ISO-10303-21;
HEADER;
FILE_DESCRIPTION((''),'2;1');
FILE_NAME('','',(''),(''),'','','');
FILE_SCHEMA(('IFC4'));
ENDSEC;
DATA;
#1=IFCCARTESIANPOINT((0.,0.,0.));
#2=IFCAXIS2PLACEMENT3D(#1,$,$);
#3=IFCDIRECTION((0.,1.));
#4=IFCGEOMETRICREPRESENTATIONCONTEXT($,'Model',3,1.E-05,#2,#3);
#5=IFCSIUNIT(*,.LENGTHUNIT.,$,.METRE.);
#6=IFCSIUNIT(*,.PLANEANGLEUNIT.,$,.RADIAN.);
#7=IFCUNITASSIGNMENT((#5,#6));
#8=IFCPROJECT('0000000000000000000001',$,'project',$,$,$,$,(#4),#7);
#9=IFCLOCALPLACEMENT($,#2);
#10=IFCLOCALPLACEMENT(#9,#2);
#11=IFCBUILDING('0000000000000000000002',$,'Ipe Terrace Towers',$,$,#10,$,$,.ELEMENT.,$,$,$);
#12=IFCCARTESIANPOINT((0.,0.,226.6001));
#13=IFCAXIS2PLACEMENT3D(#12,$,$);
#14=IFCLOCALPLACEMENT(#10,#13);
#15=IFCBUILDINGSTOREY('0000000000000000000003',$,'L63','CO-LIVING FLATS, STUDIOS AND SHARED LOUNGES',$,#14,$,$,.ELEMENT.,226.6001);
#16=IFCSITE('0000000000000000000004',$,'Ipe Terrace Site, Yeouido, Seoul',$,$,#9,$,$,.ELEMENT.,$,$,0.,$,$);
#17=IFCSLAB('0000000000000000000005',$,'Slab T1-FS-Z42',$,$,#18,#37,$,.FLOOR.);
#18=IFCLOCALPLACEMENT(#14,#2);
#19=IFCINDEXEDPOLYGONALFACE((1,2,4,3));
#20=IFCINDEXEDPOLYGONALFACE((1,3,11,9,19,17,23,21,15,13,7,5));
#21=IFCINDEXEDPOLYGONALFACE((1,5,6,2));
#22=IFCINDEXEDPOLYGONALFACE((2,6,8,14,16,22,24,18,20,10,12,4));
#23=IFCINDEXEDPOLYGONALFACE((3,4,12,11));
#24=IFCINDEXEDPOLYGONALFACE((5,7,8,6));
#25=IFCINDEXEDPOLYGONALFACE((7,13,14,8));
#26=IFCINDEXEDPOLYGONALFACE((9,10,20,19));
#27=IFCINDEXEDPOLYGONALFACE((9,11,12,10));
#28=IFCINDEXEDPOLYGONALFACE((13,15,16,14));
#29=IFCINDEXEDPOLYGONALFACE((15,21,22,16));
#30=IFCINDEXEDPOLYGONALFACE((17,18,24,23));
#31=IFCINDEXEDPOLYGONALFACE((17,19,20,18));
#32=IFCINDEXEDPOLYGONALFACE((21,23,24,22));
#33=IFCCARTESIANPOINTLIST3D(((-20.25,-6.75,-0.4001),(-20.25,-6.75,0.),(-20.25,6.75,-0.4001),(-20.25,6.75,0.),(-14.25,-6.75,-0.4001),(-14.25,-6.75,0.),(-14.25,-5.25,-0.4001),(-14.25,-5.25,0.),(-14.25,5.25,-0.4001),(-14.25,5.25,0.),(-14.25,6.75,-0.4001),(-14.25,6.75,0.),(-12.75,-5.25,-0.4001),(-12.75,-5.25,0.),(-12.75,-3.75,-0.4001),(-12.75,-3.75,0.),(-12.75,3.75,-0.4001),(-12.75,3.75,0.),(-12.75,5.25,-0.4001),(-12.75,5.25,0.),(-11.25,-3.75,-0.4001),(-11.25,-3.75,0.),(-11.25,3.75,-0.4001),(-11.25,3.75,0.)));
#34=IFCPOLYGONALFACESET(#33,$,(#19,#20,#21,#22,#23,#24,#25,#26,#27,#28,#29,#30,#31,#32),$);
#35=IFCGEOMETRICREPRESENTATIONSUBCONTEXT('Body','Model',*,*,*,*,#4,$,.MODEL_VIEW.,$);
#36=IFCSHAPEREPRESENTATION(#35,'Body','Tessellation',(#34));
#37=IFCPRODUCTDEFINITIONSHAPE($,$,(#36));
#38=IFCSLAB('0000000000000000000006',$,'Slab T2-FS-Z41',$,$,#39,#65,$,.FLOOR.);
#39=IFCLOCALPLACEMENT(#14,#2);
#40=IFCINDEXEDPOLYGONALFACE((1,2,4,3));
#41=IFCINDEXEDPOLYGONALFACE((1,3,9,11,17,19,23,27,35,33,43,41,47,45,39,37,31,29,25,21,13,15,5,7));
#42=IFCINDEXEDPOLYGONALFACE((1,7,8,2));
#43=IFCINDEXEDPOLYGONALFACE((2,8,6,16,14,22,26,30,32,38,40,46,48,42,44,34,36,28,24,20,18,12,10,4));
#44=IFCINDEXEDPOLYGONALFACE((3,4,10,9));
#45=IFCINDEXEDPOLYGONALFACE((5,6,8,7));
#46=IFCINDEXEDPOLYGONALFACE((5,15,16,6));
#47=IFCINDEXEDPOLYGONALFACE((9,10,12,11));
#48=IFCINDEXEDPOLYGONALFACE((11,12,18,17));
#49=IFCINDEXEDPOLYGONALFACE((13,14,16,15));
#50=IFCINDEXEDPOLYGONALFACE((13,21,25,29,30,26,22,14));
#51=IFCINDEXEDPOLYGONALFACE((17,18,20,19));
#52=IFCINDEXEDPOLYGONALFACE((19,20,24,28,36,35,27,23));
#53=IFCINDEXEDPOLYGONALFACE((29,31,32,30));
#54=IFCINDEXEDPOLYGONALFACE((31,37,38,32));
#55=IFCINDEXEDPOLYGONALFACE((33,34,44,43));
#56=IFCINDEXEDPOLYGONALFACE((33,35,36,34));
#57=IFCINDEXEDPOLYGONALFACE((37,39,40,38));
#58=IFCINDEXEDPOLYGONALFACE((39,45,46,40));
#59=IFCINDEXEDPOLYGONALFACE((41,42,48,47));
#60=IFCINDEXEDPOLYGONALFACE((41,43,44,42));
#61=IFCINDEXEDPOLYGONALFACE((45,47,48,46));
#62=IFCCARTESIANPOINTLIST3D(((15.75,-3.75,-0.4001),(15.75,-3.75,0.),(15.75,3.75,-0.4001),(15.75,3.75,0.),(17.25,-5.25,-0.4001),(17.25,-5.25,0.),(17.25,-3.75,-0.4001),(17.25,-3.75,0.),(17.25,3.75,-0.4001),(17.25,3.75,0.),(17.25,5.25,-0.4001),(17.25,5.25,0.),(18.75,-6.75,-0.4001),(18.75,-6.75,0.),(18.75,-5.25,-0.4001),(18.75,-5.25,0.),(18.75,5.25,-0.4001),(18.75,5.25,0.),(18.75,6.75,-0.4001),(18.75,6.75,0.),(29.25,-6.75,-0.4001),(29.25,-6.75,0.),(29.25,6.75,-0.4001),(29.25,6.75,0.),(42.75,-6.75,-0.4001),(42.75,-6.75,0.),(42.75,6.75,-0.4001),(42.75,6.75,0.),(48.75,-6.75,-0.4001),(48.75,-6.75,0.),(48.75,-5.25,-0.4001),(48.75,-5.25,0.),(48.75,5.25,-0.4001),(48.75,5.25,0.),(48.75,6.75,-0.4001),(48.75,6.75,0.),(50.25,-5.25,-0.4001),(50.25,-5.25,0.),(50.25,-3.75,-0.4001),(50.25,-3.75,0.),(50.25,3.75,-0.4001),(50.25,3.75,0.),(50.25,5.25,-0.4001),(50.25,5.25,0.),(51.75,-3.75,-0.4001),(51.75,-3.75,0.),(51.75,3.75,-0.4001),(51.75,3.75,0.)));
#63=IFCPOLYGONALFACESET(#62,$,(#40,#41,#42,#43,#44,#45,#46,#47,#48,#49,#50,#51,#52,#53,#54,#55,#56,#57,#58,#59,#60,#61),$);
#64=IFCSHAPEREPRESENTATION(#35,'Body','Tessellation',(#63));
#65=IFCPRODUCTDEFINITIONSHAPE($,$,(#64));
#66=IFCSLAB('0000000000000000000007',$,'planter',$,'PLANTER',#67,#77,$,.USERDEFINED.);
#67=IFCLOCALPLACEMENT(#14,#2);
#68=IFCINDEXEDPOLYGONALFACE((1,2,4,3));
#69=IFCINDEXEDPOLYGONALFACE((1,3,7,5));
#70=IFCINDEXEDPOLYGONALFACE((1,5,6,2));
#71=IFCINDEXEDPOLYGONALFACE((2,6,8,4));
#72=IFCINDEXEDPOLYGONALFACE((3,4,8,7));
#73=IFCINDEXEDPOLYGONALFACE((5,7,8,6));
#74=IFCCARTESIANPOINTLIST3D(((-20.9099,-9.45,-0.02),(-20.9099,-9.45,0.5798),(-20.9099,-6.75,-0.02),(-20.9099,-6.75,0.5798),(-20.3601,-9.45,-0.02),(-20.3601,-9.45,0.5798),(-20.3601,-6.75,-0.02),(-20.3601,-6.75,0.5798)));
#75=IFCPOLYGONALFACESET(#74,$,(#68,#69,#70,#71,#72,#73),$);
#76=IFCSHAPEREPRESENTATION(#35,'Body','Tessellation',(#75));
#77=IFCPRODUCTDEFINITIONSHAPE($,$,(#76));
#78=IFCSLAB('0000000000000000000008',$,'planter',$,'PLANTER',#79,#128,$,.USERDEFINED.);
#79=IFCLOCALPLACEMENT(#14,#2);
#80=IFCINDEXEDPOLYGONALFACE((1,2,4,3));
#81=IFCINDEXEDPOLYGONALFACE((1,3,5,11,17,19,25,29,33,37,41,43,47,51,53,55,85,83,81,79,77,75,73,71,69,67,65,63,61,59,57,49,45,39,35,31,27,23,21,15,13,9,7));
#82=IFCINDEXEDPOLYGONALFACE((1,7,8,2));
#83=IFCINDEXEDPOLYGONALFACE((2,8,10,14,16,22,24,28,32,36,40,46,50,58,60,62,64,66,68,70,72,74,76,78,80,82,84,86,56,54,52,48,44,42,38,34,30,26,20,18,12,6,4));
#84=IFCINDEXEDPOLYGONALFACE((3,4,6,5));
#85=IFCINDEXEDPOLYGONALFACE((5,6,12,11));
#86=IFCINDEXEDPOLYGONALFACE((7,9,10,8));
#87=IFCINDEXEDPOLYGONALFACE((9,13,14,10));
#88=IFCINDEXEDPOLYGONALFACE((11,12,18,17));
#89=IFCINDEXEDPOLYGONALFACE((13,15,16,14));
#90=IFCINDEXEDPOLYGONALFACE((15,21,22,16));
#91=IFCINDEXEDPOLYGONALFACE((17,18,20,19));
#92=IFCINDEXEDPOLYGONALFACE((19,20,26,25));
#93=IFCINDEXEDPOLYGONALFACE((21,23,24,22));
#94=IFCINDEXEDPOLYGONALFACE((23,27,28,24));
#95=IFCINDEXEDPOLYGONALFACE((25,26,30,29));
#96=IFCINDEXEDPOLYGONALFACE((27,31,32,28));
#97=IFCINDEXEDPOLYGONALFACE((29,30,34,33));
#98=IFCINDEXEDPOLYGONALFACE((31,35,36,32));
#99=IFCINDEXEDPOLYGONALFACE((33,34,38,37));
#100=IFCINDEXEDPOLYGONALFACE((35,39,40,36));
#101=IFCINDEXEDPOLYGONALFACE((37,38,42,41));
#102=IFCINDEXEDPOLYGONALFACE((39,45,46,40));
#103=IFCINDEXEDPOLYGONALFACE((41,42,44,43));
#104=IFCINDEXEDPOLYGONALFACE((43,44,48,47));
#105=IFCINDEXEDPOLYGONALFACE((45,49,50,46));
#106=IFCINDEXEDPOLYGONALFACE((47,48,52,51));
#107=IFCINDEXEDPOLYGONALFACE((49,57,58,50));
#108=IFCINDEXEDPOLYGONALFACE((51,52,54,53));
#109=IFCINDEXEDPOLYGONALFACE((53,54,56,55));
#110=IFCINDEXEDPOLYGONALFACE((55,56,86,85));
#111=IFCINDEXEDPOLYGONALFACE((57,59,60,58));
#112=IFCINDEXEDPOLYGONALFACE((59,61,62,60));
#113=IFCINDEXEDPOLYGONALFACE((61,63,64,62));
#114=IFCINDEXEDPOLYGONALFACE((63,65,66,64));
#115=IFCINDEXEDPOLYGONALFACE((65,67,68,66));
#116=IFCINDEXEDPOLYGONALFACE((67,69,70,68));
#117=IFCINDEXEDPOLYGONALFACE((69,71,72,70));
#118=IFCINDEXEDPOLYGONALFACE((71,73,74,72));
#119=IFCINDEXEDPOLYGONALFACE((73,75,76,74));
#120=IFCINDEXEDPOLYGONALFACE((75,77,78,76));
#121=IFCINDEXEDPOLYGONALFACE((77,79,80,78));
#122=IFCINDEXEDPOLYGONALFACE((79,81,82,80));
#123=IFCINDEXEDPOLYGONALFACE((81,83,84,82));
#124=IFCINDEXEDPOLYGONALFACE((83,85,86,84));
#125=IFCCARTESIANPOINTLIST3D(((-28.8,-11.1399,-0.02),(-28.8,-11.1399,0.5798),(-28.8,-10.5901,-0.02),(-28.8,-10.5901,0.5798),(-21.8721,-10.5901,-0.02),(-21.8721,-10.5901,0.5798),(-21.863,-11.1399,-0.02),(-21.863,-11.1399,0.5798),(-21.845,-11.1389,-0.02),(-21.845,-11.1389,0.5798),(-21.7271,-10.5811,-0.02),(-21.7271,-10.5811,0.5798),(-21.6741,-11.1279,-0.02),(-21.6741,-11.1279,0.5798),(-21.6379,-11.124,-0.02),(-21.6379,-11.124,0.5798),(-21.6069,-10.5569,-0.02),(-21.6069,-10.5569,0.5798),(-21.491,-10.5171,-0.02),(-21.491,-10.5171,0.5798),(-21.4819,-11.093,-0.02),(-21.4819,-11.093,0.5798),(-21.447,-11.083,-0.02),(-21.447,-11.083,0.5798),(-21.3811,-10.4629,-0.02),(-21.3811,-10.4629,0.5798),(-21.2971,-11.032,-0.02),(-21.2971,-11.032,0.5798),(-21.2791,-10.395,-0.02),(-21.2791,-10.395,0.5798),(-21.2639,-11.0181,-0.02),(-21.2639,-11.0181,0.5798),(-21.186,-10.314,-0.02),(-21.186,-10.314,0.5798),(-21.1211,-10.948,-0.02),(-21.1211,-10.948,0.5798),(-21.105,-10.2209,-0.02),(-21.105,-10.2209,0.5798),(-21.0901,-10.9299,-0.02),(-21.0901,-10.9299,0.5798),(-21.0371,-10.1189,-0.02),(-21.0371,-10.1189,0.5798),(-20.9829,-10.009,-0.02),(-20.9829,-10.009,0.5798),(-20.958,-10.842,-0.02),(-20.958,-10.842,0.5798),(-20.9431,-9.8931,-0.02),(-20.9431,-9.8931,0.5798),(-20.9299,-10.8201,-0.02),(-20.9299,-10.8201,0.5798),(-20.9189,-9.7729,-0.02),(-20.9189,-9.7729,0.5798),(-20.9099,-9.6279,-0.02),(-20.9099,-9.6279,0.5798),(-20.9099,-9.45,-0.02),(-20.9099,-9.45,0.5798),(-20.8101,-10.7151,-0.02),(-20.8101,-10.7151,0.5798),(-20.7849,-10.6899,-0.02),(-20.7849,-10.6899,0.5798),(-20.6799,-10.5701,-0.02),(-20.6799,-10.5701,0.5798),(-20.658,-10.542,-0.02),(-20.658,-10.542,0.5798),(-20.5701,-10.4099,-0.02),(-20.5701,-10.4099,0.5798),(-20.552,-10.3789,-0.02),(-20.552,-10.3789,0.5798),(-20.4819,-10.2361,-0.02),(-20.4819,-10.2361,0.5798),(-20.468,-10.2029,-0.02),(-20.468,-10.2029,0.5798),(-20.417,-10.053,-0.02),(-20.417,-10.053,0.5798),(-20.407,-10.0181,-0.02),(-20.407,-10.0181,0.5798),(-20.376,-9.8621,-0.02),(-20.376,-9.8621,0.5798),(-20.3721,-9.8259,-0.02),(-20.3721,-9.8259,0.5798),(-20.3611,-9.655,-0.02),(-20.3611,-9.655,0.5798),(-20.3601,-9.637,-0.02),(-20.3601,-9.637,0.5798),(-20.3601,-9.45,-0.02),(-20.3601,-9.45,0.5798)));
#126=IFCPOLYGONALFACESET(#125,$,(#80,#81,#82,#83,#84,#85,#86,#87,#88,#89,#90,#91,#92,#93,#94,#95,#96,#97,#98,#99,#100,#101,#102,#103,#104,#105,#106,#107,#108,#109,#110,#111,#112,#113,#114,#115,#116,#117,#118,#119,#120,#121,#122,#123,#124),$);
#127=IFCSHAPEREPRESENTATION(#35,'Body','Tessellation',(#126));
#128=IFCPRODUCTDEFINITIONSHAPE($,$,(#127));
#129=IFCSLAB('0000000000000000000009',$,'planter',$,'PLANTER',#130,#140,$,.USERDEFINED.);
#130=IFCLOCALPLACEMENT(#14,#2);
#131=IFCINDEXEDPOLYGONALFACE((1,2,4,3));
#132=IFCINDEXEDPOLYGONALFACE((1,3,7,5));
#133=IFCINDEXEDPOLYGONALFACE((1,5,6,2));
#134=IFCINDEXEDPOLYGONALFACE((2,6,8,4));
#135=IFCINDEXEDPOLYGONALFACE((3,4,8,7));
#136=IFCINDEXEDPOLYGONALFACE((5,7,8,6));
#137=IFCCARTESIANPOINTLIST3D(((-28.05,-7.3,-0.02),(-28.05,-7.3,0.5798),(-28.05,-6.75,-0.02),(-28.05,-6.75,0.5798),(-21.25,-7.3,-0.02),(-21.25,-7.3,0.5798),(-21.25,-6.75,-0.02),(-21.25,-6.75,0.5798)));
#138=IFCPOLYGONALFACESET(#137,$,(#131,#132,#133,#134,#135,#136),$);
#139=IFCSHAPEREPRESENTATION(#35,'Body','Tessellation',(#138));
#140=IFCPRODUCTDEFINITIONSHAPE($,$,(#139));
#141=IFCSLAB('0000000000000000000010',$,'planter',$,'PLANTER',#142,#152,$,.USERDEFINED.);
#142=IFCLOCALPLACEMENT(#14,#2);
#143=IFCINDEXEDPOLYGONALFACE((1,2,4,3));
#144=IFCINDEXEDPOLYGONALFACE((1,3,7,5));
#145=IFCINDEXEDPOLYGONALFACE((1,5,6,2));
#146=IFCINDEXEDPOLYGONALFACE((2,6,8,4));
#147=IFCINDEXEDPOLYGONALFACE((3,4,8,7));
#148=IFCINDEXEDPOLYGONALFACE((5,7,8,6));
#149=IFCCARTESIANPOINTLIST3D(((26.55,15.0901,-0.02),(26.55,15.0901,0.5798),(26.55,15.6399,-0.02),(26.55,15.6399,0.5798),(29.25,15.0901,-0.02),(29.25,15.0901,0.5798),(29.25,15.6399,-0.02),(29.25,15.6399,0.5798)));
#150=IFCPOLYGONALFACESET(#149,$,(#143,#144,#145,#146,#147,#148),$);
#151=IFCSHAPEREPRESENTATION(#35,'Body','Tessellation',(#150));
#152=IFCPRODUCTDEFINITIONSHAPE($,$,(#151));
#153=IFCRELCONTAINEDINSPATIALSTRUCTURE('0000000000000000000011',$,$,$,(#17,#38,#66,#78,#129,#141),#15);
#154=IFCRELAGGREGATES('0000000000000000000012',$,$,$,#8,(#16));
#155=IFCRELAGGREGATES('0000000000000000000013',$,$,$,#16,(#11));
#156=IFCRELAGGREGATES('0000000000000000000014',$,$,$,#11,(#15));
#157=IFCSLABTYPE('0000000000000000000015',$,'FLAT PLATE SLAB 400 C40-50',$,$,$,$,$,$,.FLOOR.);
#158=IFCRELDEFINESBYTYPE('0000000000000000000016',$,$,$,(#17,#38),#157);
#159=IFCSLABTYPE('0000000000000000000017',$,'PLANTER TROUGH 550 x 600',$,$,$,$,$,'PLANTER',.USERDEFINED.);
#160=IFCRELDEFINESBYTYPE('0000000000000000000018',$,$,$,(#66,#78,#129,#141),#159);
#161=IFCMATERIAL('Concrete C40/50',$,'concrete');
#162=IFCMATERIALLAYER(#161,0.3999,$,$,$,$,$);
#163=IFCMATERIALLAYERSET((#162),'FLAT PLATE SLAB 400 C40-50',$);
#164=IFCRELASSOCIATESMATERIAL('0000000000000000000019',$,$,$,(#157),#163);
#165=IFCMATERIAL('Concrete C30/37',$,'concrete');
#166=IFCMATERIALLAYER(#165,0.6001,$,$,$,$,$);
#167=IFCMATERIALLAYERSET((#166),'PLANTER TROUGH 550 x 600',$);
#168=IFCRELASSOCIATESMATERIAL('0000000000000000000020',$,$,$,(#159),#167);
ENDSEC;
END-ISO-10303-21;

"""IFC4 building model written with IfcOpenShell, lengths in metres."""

from ifc_helpers import new_model, si_unit, direction, frame, origin, place, context, subcontext, project, spatial, polyline, outline, extrude, material, layer, layer_set, type_object, element, save


model = new_model("IFC4")

# Units and contexts
model_context = context("Model", 3, precision=1e-05, world=origin(), true_north=direction((0.0, 1.0)))
body_context = subcontext(model_context, "Body", "Model", "MODEL_VIEW")
ifc_project = project(units=[si_unit("LENGTHUNIT", "METRE"), si_unit("PLANEANGLEUNIT", "RADIAN")], contexts=[model_context])

# Site, building, storey
site_placement = place(None, origin())
site = spatial("IfcSite", under=ifc_project, at=site_placement, Name="Ipe Terrace Site, Yeouido, Seoul", CompositionType="ELEMENT", RefElevation=0.0)
building_placement = place(site_placement, origin())
building = spatial("IfcBuilding", under=site, at=building_placement, Name="Ipe Terrace Towers", CompositionType="ELEMENT")
storey_placement = place(building_placement, frame((0.0, 0.0, 226.6001)))
storey = spatial("IfcBuildingStorey", under=building, at=storey_placement, Name="L63", Description="CO-LIVING FLATS, STUDIOS AND SHARED LOUNGES", CompositionType="ELEMENT", Elevation=226.6001)

# Slabs
ifc_material_1 = material(Name="Concrete C40/50", Category="concrete")
ifc_layer_1 = layer(ifc_material_1, 0.3999)
ifc_layer_set_1 = layer_set([ifc_layer_1], Name="FLAT PLATE SLAB 400 C40-50")
slab_type_1 = type_object("IfcSlabType", Name="FLAT PLATE SLAB 400 C40-50", PredefinedType="FLOOR", material=ifc_layer_set_1)
slab_1_placement = place(storey_placement, frame((0.0, 0.0, -0.4001)))
element("IfcSlab", 1, at=slab_1_placement, inside=storey, type_object=slab_type_1, Name="Slab T1-FS-Z42", PredefinedType="FLOOR", context=body_context, shape_type="SweptSolid", body=[
    extrude(outline(polyline([(-14.25, 5.25), (-12.75, 5.25), (-12.75, 3.75), (-11.25, 3.75), (-11.25, -3.75), (-12.75, -3.75), (-12.75, -5.25), (-14.25, -5.25), (-14.25, -6.75), (-20.25, -6.75), (-20.25, 6.75), (-14.25, 6.75), (-14.25, 5.25)])), origin(), (0.0, 0.0, 1.0), 0.4001),
])
slab_2_placement = place(storey_placement, frame((0.0, 0.0, -0.4001)))
element("IfcSlab", 2, at=slab_2_placement, inside=storey, type_object=slab_type_1, Name="Slab T2-FS-Z41", PredefinedType="FLOOR", context=body_context, shape_type="SweptSolid", body=[
    extrude(outline(polyline([(48.75, 5.25), (50.25, 5.25), (50.25, 3.75), (51.75, 3.75), (51.75, -3.75), (50.25, -3.75), (50.25, -5.25), (48.75, -5.25), (48.75, -6.75), (42.75, -6.75), (29.25, -6.75), (18.75, -6.75), (18.75, -5.25), (17.25, -5.25), (17.25, -3.75), (15.75, -3.75), (15.75, 3.75), (17.25, 3.75), (17.25, 5.25), (18.75, 5.25), (18.75, 6.75), (29.25, 6.75), (42.75, 6.75), (48.75, 6.75), (48.75, 5.25)])), origin(), (0.0, 0.0, 1.0), 0.4001),
])
ifc_material_2 = material(Name="Concrete C30/37", Category="concrete")
ifc_layer_2 = layer(ifc_material_2, 0.6001)
ifc_layer_set_2 = layer_set([ifc_layer_2], Name="PLANTER TROUGH 550 x 600")
slab_type_2 = type_object("IfcSlabType", Name="PLANTER TROUGH 550 x 600", ElementType="PLANTER", PredefinedType="USERDEFINED", material=ifc_layer_set_2)
slab_3_placement = place(storey_placement, frame((0.0, 0.0, -0.02)))
element("IfcSlab", 3, at=slab_3_placement, inside=storey, type_object=slab_type_2, Name="planter", ObjectType="PLANTER", PredefinedType="USERDEFINED", context=body_context, shape_type="SweptSolid", body=[
    extrude(outline(polyline([(-20.3601, -6.75), (-20.9099, -6.75), (-20.9099, -9.45), (-20.3601, -9.45), (-20.3601, -6.75)])), origin(), (0.0, 0.0, 1.0), 0.5999),
])
slab_4_placement = place(storey_placement, frame((0.0, 0.0, -0.02)))
element("IfcSlab", 4, at=slab_4_placement, inside=storey, type_object=slab_type_2, Name="planter", ObjectType="PLANTER", PredefinedType="USERDEFINED", context=body_context, shape_type="SweptSolid", body=[
    extrude(outline(polyline([(-20.9431, -9.8931), (-20.9829, -10.009), (-21.0371, -10.1189), (-21.105, -10.2209), (-21.186, -10.314), (-21.2791, -10.395), (-21.3811, -10.4629), (-21.491, -10.5171), (-21.6069, -10.5569), (-21.7271, -10.5811), (-21.8721, -10.5901), (-28.8, -10.5901), (-28.8, -11.1399), (-21.863, -11.1399), (-21.845, -11.1389), (-21.6741, -11.1279), (-21.6379, -11.124), (-21.4819, -11.093), (-21.447, -11.083), (-21.2971, -11.032), (-21.2639, -11.0181), (-21.1211, -10.948), (-21.0901, -10.9299), (-20.958, -10.842), (-20.9299, -10.8201), (-20.8101, -10.7151), (-20.7849, -10.6899), (-20.6799, -10.5701), (-20.658, -10.542), (-20.5701, -10.4099), (-20.552, -10.3789), (-20.4819, -10.2361), (-20.468, -10.2029), (-20.417, -10.053), (-20.407, -10.0181), (-20.376, -9.8621), (-20.3721, -9.8259), (-20.3611, -9.655), (-20.3601, -9.637), (-20.3601, -9.45), (-20.9099, -9.45), (-20.9099, -9.6279), (-20.9189, -9.7729), (-20.9431, -9.8931)])), origin(), (0.0, 0.0, 1.0), 0.5999),
])
slab_5_placement = place(storey_placement, frame((0.0, 0.0, -0.02)))
element("IfcSlab", 5, at=slab_5_placement, inside=storey, type_object=slab_type_2, Name="planter", ObjectType="PLANTER", PredefinedType="USERDEFINED", context=body_context, shape_type="SweptSolid", body=[
    extrude(outline(polyline([(-28.05, -6.75), (-28.05, -7.3), (-21.25, -7.3), (-21.25, -6.75), (-28.05, -6.75)])), origin(), (0.0, 0.0, 1.0), 0.5999),
])
slab_6_placement = place(storey_placement, frame((0.0, 0.0, -0.02)))
element("IfcSlab", 6, at=slab_6_placement, inside=storey, type_object=slab_type_2, Name="planter", ObjectType="PLANTER", PredefinedType="USERDEFINED", context=body_context, shape_type="SweptSolid", body=[
    extrude(outline(polyline([(29.25, 15.6399), (26.55, 15.6399), (26.55, 15.0901), (29.25, 15.0901), (29.25, 15.6399)])), origin(), (0.0, 0.0, 1.0), 0.5999),
])

save(model, "model.ifc")
